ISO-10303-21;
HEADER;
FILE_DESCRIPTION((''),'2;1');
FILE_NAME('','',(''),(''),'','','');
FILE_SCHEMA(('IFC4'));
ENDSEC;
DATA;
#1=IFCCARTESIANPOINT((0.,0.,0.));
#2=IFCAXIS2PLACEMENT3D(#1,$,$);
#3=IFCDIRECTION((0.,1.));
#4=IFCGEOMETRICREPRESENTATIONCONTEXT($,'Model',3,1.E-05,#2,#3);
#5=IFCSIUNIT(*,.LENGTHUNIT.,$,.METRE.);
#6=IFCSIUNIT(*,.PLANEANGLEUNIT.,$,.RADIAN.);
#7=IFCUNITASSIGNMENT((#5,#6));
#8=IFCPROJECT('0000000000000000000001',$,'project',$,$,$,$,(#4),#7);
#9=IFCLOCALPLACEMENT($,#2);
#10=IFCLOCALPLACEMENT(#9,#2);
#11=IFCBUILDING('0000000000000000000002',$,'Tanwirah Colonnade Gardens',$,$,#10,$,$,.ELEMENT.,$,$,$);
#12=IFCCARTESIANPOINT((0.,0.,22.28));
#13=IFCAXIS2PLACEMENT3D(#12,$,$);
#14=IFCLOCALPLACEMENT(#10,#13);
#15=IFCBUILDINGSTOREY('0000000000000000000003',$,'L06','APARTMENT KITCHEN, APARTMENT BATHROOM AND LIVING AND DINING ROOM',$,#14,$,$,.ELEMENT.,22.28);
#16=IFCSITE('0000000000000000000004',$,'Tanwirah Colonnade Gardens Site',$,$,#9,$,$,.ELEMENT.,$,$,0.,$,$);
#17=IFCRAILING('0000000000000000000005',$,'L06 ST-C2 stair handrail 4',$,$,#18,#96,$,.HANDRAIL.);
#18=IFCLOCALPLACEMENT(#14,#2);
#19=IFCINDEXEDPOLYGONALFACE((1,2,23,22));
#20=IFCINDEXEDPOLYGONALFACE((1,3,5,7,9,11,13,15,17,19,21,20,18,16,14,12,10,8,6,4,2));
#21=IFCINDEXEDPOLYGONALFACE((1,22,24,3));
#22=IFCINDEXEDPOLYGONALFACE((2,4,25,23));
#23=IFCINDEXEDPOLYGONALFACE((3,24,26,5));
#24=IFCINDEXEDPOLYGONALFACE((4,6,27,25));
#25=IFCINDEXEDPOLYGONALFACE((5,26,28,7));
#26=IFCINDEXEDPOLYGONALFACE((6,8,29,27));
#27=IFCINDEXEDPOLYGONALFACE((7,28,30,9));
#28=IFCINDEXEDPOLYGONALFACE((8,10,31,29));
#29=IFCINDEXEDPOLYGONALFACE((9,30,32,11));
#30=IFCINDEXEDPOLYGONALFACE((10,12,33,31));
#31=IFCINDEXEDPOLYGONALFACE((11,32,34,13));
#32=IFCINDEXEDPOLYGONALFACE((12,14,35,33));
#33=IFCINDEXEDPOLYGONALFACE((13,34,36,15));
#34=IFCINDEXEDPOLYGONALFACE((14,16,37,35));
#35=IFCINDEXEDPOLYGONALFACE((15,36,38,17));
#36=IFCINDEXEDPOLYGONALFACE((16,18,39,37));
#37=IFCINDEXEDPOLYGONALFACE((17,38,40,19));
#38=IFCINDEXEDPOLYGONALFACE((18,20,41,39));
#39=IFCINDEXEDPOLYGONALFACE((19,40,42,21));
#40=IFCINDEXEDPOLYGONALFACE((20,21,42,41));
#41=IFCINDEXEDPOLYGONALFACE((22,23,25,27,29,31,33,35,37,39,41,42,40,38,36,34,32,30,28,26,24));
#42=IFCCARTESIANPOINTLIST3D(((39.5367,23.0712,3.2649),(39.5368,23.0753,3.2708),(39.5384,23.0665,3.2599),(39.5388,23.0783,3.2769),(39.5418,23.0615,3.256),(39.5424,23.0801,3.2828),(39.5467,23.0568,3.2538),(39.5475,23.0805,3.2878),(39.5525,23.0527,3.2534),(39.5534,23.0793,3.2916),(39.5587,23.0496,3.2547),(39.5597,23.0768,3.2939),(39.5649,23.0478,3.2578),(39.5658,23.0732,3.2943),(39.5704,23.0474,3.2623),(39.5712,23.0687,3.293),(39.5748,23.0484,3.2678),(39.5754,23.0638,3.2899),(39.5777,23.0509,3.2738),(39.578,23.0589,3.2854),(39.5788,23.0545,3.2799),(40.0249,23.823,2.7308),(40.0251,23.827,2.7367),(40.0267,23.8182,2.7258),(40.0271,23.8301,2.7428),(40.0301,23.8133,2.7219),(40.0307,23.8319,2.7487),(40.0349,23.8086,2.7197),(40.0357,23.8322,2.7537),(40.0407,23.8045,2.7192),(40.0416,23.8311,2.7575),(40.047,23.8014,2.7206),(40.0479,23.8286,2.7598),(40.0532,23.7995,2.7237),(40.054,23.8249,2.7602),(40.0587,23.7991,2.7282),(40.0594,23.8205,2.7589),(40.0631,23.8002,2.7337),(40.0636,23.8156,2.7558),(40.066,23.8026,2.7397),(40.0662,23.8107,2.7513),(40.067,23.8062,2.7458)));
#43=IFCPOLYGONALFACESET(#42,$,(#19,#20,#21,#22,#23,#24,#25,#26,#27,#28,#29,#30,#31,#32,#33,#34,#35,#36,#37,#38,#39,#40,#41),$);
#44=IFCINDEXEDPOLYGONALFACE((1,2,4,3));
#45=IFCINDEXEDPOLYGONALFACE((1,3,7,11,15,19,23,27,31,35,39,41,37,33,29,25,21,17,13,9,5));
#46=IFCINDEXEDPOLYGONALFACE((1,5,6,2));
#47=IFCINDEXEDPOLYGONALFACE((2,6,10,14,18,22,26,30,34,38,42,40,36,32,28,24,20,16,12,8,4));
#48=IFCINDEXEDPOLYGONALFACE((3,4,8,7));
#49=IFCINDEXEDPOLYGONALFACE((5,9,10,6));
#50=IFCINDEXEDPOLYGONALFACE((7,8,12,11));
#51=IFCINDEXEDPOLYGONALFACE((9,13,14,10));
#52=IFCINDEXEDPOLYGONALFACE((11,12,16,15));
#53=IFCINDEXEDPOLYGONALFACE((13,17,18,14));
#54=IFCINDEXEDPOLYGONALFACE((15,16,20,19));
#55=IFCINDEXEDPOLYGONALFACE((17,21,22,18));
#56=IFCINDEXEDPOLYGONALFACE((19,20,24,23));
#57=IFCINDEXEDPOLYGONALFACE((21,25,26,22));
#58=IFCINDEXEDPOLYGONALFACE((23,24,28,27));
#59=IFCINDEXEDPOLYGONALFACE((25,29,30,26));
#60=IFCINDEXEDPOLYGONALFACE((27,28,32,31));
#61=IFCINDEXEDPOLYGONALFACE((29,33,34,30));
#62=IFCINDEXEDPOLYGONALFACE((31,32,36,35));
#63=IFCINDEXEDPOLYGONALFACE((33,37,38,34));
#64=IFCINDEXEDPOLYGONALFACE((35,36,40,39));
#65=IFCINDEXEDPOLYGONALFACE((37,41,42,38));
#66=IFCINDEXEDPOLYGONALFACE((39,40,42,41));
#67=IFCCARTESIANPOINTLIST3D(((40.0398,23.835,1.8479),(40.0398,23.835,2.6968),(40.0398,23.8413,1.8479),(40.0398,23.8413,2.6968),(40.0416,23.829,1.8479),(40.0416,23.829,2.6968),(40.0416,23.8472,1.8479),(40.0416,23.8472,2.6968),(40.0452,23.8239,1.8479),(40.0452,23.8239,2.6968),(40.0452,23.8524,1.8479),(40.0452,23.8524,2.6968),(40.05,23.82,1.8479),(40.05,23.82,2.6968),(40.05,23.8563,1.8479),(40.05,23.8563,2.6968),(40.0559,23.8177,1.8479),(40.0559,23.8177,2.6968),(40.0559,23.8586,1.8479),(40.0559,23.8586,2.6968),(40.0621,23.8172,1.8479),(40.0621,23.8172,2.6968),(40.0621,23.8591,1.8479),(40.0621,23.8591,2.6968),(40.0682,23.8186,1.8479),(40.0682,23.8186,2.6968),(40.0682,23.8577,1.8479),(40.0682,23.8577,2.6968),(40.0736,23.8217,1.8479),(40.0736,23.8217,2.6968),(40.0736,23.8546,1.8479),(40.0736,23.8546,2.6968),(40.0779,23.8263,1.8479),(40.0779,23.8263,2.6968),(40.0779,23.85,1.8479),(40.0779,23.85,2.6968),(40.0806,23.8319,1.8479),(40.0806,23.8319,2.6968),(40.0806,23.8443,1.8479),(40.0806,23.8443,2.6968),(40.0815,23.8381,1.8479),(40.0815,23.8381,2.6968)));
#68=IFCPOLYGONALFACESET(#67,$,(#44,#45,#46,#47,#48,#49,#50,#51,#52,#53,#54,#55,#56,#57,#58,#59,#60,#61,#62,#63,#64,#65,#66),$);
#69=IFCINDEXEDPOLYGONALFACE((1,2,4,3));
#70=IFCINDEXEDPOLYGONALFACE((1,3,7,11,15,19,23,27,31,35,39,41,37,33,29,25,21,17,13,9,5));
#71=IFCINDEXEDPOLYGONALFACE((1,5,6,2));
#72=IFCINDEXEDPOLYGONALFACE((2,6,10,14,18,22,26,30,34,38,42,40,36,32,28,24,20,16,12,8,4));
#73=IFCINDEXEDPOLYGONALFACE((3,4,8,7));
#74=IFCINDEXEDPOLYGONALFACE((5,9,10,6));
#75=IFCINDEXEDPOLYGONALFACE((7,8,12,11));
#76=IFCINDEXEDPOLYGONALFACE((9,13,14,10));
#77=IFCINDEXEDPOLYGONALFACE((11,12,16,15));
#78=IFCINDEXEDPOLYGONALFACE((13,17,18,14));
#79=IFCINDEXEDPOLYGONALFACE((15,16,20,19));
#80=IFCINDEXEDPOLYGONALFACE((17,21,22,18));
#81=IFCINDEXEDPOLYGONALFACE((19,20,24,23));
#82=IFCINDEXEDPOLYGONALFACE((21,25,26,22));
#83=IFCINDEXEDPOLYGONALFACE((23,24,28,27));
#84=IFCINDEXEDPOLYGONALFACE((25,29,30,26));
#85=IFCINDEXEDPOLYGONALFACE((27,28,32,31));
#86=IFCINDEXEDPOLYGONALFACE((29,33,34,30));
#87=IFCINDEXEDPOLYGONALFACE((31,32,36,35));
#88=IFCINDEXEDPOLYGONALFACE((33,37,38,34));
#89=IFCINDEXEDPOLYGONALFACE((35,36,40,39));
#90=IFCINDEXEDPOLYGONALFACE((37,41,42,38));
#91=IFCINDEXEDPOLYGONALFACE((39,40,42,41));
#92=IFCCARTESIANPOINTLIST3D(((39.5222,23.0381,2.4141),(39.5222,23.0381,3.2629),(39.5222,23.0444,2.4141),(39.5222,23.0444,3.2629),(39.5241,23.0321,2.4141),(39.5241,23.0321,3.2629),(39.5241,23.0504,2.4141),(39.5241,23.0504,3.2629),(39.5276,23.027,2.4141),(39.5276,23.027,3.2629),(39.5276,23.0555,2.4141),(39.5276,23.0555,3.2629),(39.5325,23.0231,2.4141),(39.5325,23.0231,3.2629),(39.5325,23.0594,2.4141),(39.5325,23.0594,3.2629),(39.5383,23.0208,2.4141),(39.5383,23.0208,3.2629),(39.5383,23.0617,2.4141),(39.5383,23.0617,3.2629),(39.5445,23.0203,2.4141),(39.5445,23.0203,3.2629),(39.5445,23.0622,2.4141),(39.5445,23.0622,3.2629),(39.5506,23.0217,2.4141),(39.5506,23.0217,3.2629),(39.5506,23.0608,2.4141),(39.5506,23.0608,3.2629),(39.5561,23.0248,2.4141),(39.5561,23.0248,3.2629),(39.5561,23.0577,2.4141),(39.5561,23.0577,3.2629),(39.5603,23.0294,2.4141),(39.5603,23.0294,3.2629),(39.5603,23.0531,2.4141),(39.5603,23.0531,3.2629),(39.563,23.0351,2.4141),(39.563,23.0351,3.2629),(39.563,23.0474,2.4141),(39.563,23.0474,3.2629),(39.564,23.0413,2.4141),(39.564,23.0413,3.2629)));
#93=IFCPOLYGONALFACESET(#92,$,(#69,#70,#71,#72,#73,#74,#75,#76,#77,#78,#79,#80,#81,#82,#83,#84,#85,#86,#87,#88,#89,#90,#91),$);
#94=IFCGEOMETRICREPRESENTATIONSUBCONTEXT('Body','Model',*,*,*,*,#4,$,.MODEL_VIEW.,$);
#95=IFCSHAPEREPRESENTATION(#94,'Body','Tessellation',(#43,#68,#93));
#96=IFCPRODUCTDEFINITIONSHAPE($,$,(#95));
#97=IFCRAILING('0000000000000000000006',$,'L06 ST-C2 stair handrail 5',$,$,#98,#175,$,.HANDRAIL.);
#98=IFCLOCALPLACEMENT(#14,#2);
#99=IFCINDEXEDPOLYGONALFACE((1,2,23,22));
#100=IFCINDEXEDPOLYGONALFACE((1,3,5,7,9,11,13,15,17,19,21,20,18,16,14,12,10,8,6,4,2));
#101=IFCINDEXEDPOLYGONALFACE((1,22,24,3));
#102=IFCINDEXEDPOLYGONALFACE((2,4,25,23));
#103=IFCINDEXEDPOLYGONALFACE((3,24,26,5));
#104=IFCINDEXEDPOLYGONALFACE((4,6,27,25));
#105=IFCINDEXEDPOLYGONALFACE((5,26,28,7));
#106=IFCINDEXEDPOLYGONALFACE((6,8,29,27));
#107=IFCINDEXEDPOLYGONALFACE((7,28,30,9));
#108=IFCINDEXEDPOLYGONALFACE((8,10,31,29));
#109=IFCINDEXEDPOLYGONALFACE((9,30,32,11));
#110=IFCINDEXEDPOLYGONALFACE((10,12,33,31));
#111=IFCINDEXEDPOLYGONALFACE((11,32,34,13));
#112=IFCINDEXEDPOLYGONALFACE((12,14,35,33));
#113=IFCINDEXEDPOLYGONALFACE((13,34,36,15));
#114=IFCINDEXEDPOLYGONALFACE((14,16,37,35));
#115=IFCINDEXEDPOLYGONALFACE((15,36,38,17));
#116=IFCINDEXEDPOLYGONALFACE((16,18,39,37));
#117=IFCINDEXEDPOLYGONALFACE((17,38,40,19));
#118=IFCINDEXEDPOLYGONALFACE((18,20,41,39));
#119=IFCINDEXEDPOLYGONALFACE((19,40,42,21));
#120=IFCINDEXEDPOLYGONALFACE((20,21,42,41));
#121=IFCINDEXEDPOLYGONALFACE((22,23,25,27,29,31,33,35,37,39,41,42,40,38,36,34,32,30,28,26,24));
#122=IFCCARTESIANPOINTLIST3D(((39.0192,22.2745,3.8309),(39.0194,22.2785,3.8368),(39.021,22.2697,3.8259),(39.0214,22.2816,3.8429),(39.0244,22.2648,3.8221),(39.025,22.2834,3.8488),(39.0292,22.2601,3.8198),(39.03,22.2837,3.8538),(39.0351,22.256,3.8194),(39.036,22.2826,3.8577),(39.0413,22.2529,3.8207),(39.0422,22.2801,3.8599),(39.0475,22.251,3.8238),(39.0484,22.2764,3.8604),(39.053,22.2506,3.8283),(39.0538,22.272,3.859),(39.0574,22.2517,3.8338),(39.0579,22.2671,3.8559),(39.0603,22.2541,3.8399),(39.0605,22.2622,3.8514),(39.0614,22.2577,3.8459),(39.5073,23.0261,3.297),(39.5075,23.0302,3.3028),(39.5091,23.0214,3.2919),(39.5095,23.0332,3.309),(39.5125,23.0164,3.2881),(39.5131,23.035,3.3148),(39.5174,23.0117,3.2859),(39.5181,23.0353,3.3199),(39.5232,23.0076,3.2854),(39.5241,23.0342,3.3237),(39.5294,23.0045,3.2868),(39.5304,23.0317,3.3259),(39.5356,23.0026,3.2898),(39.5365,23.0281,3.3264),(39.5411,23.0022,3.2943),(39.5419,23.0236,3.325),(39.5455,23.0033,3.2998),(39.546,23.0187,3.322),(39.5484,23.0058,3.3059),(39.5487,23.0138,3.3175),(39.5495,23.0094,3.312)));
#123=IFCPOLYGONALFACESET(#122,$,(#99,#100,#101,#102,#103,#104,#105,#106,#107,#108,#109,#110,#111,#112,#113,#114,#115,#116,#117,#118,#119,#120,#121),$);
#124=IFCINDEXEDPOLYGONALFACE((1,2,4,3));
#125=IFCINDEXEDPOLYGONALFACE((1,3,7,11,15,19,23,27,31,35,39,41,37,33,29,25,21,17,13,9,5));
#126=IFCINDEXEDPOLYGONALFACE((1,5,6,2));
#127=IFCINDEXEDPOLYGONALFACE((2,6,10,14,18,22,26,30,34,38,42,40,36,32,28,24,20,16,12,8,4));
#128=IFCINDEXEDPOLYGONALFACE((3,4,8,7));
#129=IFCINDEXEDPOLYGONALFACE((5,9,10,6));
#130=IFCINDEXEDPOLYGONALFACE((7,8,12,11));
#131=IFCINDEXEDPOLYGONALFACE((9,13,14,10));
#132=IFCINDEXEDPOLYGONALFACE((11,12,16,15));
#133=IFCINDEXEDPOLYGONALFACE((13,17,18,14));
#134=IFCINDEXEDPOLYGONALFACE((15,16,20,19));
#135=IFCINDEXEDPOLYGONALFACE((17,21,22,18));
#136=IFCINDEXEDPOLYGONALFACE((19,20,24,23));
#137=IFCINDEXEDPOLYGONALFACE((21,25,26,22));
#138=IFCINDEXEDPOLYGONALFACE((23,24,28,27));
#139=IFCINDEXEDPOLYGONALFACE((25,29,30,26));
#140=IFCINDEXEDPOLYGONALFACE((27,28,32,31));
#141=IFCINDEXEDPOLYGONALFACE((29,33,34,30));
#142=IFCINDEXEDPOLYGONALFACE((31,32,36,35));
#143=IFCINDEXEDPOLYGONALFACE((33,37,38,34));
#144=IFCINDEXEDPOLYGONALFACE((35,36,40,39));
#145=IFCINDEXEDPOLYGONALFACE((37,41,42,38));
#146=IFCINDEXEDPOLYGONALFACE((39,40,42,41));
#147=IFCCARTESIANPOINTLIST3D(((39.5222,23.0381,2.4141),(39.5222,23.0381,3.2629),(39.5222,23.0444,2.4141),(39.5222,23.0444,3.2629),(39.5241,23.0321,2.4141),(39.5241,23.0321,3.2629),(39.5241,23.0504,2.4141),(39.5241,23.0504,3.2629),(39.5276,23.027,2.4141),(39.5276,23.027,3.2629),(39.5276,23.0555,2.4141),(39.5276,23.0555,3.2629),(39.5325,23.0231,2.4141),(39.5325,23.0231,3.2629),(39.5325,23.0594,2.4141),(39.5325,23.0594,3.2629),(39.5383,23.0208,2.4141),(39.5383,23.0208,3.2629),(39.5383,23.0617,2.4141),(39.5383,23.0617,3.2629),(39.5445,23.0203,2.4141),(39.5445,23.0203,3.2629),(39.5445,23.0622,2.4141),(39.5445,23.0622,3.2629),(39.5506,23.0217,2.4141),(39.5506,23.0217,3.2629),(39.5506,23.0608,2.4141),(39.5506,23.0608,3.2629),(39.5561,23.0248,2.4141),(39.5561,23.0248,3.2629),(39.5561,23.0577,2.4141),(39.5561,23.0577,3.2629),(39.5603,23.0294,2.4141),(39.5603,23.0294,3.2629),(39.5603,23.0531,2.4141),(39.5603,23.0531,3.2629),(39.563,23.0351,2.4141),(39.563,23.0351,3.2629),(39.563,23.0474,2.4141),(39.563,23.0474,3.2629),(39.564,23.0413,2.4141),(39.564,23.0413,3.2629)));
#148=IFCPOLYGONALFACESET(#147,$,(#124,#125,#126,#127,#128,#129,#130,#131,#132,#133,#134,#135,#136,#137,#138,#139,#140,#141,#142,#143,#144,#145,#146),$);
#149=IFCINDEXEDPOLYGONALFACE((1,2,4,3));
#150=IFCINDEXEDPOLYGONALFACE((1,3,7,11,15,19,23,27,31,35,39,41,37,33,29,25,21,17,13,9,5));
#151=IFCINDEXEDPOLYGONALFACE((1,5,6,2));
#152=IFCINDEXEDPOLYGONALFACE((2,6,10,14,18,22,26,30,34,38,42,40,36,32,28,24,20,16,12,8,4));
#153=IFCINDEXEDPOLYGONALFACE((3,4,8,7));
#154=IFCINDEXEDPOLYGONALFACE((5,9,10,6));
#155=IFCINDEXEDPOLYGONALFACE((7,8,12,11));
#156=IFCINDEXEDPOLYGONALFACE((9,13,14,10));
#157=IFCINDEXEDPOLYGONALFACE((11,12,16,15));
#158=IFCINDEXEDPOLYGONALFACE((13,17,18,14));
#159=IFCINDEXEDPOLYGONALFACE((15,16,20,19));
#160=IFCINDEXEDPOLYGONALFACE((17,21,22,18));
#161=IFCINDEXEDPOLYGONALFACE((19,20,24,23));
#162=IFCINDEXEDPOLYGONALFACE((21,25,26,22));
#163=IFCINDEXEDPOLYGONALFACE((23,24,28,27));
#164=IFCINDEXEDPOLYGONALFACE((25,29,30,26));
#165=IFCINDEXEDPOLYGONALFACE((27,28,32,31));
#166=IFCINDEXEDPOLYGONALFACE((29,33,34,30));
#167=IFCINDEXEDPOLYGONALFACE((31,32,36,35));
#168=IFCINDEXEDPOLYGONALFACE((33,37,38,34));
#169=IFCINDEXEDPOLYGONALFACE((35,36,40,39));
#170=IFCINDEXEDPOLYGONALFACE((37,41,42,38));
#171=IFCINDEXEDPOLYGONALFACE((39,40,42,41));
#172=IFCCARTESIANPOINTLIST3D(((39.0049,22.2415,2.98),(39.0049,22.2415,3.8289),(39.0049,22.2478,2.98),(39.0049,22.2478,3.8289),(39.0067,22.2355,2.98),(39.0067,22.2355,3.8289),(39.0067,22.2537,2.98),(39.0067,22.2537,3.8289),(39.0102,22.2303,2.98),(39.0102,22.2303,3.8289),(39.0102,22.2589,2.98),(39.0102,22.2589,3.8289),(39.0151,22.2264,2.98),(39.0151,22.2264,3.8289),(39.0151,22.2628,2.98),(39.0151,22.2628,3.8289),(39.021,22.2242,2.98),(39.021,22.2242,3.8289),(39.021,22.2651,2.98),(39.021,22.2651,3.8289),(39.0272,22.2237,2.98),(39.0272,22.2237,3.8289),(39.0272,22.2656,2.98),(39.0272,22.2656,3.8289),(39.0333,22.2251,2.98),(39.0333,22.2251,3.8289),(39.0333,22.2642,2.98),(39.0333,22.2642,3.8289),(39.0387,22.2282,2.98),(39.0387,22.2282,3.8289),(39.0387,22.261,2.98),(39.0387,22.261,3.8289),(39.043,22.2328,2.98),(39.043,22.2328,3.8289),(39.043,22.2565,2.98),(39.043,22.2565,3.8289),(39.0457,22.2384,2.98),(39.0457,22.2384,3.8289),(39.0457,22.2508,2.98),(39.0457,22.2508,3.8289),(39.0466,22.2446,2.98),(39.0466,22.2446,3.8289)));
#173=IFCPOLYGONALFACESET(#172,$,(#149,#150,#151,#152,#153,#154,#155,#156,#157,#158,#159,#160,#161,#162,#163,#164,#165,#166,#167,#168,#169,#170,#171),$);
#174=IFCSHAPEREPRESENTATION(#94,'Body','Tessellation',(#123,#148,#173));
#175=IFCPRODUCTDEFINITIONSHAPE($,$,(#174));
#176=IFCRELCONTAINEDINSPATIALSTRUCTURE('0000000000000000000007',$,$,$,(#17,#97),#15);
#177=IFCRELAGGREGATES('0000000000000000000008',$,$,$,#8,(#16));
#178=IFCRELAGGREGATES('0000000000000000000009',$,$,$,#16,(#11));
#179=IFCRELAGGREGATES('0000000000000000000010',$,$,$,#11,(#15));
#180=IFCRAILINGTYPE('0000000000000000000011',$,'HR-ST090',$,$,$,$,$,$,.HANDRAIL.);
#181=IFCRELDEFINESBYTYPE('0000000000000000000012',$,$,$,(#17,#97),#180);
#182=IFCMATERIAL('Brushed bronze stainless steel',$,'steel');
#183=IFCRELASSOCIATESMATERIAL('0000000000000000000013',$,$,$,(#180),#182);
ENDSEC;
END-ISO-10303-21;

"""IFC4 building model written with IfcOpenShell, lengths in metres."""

from ifc_helpers import new_model, si_unit, direction, frame, origin, origin_2d, place, context, subcontext, project, spatial, circle, extrude, material, type_object, element, save


model = new_model("IFC4")

# Units and contexts
model_context = context("Model", 3, precision=1e-05, world=origin(), true_north=direction((0.0, 1.0)))
body_context = subcontext(model_context, "Body", "Model", "MODEL_VIEW")
ifc_project = project(units=[si_unit("LENGTHUNIT", "METRE"), si_unit("PLANEANGLEUNIT", "RADIAN")], contexts=[model_context])

# Site, building, storey
site_placement = place(None, origin())
site = spatial("IfcSite", under=ifc_project, at=site_placement, Name="Tanwirah Colonnade Gardens Site", CompositionType="ELEMENT", RefElevation=0.0)
building_placement = place(site_placement, origin())
building = spatial("IfcBuilding", under=site, at=building_placement, Name="Tanwirah Colonnade Gardens", CompositionType="ELEMENT")
storey_placement = place(building_placement, frame((0.0, 0.0, 22.28)))
storey = spatial("IfcBuildingStorey", under=building, at=storey_placement, Name="L06", Description="APARTMENT KITCHEN, APARTMENT BATHROOM AND LIVING AND DINING ROOM", CompositionType="ELEMENT", Elevation=22.28)

# Railings
ifc_material_1 = material(Name="Brushed bronze stainless steel", Category="steel")
railing_type_1 = type_object("IfcRailingType", Name="HR-ST090", PredefinedType="HANDRAIL", material=ifc_material_1)
railing_1_placement = place(storey_placement, frame((40.0605, 23.8381, 1.8479)))
element("IfcRailing", 1, at=railing_1_placement, inside=storey, type_object=railing_type_1, Name="L06 ST-C2 stair handrail 4", PredefinedType="HANDRAIL", context=body_context, shape_type="SweptSolid", body=[
    extrude(circle(Radius=0.0239, at=origin_2d()), frame((-0.0146, -0.0225, 0.8918), z_axis=(-0.467935, -0.720443, 0.511859), x_axis=(0.838631, -0.544699, 0.0)), (0.0, 0.0, 1.0), 1.0435),
    extrude(circle(Radius=0.021, at=origin_2d()), origin(), (0.0, 0.0, 1.0), 0.8489),
    extrude(circle(Radius=0.021, at=origin_2d()), frame((-0.5176, -0.7969, 0.5662)), (0.0, 0.0, 1.0), 0.8489),
])
for number, where, name in (
    (2, (39.543, 23.0413, 2.4141), "L06 ST-C2 stair handrail 5"),
):
    element("IfcRailing", number, at=place(storey_placement, frame(where)), inside=storey, type_object=railing_type_1, Name=name, PredefinedType="HANDRAIL", context=body_context, shape_type="SweptSolid", body=[
        extrude(circle(Radius=0.0239, at=origin_2d()), frame((-0.0146, -0.0225, 0.8918), z_axis=(-0.46789, -0.720492, 0.51183), x_axis=(0.838673, -0.544636, 0.0)), (0.0, 0.0, 1.0), 1.0432),
        extrude(circle(Radius=0.021, at=origin_2d()), origin(), (0.0, 0.0, 1.0), 0.8489),
        extrude(circle(Radius=0.021, at=origin_2d()), frame((-0.5173, -0.7966, 0.5659)), (0.0, 0.0, 1.0), 0.8489),
    ])

save(model, "model.ifc")
